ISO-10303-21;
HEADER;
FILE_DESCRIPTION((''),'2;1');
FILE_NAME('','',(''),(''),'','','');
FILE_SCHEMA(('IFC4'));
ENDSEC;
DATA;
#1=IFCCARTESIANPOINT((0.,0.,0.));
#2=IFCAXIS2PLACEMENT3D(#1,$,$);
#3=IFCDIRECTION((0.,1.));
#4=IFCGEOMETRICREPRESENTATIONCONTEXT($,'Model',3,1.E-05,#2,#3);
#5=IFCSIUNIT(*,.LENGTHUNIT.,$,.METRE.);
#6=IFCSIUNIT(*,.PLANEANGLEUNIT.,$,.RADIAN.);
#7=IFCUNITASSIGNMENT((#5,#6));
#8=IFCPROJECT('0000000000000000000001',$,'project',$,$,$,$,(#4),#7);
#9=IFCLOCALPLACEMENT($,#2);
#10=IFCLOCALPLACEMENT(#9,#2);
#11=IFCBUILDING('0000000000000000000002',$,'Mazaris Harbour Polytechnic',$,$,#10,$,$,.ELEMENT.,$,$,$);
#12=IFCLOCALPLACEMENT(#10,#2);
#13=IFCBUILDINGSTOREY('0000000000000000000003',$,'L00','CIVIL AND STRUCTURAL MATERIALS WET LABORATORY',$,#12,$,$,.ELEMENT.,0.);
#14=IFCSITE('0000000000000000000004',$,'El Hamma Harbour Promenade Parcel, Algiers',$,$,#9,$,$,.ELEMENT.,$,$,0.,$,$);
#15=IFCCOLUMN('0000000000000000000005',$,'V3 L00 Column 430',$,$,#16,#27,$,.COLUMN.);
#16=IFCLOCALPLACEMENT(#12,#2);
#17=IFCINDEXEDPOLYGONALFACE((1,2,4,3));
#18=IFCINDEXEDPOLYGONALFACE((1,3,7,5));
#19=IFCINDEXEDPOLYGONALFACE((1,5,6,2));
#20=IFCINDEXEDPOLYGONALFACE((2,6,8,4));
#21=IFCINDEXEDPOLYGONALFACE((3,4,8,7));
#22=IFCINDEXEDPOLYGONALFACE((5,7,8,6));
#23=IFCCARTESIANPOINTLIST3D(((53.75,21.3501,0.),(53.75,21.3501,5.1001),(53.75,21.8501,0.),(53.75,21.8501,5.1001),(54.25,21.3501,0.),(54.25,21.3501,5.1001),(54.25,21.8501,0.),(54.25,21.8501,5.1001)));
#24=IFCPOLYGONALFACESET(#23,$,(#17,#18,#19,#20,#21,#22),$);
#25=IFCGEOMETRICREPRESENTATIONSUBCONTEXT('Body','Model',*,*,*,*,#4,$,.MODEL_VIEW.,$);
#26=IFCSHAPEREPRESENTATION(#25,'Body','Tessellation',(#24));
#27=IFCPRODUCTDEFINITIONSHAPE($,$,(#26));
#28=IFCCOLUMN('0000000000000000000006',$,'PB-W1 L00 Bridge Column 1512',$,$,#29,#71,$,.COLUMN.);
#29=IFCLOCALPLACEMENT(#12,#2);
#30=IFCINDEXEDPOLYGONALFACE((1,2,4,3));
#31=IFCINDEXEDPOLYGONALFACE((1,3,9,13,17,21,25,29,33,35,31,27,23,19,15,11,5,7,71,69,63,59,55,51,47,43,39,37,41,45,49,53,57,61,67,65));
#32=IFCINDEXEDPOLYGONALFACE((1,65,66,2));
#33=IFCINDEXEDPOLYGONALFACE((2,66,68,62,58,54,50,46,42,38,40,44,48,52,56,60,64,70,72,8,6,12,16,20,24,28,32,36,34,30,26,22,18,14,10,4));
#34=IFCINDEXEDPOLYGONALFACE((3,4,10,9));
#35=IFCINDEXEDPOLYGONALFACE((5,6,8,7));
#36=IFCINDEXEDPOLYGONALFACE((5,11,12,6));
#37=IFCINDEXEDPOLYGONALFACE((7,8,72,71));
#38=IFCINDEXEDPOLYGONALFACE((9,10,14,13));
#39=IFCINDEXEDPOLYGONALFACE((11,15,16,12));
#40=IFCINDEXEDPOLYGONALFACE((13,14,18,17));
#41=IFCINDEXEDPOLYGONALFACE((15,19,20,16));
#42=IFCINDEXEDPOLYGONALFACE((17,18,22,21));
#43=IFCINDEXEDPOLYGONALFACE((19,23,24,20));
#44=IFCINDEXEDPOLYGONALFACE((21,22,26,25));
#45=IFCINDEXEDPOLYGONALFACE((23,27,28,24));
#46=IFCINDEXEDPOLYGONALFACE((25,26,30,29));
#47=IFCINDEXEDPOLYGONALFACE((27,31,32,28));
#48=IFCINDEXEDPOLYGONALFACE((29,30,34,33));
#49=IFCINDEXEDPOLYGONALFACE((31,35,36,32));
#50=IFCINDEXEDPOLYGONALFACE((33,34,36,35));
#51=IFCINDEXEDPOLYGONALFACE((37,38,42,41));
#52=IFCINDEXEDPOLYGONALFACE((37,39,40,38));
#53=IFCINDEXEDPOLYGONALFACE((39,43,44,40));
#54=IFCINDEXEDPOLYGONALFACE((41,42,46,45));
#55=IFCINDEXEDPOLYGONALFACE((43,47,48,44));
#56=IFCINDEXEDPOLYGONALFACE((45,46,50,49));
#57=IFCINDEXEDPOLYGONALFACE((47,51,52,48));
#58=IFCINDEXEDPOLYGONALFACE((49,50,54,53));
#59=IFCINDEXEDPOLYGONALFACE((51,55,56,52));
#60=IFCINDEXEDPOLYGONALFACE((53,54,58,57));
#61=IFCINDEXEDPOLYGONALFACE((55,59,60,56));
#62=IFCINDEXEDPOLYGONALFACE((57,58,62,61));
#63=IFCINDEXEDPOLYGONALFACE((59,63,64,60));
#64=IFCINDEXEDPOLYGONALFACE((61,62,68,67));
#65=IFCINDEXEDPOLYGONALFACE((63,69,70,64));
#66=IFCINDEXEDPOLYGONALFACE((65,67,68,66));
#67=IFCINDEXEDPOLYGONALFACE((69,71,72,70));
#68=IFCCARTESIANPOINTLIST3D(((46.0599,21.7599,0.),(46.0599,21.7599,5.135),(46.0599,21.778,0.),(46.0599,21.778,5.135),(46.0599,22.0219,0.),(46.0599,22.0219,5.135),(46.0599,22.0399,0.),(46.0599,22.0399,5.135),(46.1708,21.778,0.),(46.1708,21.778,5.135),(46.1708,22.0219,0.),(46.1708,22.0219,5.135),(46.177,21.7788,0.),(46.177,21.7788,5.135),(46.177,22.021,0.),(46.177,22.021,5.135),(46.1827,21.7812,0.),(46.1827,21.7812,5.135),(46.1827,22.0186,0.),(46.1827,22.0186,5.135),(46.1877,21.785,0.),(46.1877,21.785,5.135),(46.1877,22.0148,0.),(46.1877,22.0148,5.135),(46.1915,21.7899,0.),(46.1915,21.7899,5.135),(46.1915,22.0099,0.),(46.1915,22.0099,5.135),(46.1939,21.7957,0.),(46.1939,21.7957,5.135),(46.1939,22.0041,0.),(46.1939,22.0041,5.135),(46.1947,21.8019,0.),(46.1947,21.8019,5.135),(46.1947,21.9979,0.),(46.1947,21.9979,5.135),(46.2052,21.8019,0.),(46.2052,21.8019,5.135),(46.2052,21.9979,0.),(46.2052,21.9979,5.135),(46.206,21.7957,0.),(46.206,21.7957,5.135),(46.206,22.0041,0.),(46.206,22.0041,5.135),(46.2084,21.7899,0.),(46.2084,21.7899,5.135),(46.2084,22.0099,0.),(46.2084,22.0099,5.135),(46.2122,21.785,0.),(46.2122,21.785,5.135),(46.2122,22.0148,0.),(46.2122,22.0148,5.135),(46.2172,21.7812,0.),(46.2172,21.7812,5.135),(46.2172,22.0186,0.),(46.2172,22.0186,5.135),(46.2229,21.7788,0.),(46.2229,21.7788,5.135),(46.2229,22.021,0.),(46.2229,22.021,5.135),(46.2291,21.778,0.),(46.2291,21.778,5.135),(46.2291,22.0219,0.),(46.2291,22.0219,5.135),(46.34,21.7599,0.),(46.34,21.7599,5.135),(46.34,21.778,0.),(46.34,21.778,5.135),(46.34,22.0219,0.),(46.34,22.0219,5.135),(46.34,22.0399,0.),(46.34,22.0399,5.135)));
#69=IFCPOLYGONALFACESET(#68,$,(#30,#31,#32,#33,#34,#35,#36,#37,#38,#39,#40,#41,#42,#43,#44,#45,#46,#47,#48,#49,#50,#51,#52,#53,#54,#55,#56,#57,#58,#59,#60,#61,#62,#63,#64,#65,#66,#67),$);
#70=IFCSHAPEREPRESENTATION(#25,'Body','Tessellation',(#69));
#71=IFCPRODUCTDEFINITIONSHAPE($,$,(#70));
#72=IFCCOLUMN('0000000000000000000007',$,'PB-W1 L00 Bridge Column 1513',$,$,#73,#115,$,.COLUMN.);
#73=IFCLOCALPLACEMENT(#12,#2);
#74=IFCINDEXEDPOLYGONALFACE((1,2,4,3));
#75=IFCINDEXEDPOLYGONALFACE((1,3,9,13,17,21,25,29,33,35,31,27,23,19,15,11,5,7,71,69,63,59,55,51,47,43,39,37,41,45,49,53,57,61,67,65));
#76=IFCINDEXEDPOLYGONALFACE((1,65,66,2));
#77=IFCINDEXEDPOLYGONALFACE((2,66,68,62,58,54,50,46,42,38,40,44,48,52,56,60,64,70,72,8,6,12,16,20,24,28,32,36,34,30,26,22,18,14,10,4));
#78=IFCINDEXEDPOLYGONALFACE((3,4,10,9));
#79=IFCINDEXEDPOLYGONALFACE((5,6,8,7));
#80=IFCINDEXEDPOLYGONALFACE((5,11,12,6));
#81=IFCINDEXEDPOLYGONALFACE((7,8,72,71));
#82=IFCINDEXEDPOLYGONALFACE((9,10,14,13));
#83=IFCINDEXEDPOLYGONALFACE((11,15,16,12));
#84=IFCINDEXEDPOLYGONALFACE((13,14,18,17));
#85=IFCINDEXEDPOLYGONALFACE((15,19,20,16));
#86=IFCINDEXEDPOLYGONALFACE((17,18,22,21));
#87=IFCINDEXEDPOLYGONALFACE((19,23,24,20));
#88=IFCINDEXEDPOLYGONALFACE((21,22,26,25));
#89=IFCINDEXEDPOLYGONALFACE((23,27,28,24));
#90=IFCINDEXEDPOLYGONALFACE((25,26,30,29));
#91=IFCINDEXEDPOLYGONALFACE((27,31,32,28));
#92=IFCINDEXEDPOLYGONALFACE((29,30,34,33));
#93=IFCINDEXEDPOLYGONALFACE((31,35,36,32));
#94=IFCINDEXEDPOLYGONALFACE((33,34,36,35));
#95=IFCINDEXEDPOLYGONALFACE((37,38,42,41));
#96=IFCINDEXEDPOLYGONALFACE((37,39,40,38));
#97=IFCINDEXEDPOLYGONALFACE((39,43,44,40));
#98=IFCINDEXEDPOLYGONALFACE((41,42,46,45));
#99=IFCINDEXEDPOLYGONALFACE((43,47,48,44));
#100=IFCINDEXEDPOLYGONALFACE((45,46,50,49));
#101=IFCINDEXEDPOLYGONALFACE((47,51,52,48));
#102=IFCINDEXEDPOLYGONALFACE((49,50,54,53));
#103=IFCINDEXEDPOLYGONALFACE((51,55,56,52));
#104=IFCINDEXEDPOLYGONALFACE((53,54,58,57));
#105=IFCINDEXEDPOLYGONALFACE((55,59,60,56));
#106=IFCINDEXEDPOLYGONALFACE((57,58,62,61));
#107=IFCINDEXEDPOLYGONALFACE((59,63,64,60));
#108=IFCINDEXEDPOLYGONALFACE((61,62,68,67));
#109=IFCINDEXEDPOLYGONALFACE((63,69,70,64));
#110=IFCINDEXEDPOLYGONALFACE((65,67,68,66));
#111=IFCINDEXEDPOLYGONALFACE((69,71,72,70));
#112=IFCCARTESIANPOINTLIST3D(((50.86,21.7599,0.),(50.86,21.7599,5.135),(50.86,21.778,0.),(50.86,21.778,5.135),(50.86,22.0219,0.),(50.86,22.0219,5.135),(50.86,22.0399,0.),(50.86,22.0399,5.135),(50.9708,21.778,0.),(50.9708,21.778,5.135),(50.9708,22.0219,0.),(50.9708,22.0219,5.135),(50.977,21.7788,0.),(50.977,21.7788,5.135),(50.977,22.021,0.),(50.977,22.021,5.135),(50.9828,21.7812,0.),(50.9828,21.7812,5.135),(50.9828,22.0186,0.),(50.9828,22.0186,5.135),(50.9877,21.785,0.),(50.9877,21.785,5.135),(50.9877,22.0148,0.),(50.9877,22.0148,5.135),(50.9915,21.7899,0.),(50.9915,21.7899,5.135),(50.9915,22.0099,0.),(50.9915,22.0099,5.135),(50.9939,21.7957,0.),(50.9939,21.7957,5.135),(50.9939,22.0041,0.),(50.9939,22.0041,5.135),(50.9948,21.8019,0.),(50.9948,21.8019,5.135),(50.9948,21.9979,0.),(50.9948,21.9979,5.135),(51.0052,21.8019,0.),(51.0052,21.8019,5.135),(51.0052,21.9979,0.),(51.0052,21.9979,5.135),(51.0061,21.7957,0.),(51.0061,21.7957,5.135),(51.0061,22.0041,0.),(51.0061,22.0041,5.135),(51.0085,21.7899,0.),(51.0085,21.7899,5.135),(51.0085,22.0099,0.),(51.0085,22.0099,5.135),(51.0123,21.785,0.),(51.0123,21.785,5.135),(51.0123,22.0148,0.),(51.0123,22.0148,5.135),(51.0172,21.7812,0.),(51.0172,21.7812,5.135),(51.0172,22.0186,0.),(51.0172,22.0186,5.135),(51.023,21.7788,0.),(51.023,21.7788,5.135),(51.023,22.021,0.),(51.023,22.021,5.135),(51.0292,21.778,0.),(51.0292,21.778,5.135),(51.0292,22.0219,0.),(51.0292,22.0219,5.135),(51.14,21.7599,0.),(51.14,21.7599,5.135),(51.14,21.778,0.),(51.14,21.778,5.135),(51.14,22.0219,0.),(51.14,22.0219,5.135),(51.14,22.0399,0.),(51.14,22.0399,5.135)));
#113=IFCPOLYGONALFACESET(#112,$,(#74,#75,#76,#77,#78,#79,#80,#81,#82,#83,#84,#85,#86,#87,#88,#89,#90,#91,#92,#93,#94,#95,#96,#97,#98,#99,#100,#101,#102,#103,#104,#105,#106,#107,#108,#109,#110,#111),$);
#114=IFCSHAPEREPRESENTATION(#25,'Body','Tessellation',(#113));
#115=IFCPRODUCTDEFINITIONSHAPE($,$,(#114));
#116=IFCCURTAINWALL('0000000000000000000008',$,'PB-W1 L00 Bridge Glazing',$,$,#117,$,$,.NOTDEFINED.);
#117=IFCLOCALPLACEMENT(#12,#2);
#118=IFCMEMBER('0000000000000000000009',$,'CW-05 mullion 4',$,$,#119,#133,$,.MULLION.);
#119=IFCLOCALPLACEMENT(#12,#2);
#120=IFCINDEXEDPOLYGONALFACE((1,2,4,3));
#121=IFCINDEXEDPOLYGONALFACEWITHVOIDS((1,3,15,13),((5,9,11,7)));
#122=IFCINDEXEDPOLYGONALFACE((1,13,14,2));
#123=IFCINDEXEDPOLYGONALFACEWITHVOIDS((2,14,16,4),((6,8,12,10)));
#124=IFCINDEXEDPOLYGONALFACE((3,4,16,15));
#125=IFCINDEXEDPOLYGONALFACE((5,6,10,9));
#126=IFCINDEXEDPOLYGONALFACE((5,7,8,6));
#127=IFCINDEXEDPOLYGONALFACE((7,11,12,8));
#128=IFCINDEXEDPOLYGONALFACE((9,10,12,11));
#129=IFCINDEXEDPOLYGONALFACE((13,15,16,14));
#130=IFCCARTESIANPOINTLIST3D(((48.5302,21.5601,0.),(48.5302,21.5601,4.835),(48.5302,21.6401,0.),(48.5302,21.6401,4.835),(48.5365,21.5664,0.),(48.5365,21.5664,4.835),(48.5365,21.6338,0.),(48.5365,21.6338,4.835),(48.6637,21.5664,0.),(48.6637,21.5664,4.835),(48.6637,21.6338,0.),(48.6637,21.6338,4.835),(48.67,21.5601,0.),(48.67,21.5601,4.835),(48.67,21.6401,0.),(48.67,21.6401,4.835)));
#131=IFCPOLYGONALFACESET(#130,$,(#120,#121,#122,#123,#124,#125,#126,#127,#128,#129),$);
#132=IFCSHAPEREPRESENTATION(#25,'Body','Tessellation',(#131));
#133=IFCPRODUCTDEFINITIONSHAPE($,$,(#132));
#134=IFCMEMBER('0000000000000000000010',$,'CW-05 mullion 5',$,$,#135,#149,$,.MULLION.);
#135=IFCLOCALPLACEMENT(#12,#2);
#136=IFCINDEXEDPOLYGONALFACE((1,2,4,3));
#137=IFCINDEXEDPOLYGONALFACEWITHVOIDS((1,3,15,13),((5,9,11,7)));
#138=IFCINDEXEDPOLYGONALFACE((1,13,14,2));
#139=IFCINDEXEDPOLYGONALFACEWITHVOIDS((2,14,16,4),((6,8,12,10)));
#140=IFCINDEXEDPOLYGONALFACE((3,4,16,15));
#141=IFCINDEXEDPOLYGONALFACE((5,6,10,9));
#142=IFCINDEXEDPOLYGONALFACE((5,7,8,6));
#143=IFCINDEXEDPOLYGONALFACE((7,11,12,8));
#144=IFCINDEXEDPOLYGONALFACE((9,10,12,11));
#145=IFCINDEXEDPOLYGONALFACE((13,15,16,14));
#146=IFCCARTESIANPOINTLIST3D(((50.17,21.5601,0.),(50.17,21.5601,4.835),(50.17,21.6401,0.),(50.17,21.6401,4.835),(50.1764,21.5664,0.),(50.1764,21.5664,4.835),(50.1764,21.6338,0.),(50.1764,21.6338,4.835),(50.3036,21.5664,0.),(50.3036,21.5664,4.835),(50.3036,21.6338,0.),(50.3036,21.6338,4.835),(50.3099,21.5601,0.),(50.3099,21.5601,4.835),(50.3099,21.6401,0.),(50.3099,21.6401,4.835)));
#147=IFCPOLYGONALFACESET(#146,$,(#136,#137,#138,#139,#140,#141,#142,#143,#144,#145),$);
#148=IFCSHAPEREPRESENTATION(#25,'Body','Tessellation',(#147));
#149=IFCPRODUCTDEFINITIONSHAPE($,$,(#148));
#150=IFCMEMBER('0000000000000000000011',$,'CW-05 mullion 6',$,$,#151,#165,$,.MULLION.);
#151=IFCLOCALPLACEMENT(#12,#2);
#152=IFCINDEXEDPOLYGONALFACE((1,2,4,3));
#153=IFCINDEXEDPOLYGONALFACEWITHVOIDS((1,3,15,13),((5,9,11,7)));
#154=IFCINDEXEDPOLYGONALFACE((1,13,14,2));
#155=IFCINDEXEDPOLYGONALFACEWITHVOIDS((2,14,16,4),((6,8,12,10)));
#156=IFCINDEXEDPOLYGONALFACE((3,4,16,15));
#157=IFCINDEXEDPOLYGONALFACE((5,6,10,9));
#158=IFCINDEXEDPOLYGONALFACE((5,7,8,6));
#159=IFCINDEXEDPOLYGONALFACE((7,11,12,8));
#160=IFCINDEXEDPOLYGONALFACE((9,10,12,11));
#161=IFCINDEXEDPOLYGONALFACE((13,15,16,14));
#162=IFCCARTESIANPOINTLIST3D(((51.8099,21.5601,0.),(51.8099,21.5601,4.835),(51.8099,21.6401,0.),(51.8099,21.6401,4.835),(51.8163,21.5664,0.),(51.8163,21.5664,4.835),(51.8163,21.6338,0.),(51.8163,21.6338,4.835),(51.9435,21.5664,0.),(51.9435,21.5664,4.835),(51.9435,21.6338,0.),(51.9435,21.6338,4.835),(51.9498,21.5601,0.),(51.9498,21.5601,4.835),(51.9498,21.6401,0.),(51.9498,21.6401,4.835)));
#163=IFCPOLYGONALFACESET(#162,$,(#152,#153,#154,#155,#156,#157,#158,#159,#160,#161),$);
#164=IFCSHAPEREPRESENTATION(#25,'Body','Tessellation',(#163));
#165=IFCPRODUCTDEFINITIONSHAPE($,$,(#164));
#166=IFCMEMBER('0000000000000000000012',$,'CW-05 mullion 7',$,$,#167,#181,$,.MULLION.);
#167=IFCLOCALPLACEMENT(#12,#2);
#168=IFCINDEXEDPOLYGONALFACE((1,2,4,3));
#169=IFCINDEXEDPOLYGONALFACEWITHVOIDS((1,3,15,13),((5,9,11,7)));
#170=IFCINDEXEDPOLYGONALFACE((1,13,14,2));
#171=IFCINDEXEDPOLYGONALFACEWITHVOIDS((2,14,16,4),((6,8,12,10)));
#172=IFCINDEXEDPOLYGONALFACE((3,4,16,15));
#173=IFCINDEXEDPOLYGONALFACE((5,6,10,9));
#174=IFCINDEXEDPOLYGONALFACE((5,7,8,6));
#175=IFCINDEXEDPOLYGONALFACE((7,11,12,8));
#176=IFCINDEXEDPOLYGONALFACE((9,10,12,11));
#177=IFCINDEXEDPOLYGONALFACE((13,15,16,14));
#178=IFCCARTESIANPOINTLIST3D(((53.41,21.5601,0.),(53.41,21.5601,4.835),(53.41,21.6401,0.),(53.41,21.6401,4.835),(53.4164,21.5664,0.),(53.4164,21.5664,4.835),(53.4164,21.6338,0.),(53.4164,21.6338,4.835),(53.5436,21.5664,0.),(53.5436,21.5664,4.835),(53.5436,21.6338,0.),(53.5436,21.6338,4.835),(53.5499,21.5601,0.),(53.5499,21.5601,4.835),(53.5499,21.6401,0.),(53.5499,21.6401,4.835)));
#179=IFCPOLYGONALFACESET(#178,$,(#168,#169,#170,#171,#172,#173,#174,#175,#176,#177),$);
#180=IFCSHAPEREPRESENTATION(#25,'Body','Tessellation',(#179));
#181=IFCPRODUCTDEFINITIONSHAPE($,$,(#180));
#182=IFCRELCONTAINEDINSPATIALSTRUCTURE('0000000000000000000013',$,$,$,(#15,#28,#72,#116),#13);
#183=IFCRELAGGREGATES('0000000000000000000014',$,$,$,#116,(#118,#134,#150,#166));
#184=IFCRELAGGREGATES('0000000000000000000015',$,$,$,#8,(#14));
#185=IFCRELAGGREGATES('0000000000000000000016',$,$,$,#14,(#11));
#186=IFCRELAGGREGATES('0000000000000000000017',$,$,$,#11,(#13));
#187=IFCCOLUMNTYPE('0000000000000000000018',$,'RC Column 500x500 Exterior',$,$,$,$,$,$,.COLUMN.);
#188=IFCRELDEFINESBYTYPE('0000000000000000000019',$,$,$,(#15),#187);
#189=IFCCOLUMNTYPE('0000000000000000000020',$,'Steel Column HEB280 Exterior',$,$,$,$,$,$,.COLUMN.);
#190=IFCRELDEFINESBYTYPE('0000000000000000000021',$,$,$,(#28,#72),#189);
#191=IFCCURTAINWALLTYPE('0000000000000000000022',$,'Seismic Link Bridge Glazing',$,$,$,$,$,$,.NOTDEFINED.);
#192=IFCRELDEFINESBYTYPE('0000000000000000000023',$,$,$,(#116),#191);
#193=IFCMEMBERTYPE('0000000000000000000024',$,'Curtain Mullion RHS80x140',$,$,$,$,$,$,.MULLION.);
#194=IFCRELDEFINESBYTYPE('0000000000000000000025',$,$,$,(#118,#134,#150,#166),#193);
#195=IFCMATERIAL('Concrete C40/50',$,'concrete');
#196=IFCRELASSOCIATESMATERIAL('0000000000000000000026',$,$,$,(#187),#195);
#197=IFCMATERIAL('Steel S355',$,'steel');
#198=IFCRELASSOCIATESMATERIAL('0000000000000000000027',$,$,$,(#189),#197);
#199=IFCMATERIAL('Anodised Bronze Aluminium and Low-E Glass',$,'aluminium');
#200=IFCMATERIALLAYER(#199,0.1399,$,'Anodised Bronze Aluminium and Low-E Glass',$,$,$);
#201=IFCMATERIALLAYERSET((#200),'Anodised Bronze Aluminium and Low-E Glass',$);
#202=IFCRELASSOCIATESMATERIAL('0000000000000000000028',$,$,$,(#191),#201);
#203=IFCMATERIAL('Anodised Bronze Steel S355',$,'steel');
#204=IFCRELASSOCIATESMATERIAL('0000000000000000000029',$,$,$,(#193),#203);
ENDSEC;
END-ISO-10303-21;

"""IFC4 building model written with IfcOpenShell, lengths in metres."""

from ifc_helpers import new_model, si_unit, direction, frame, origin, origin_2d, place, context, subcontext, project, spatial, rectangle, hollow_rectangle, i_section, extrude, material, layer, layer_set, material_profile, profile_set, type_object, element, aggregate, save


model = new_model("IFC4")

# Units and contexts
model_context = context("Model", 3, precision=1e-05, world=origin(), true_north=direction((0.0, 1.0)))
body_context = subcontext(model_context, "Body", "Model", "MODEL_VIEW")
ifc_project = project(units=[si_unit("LENGTHUNIT", "METRE"), si_unit("PLANEANGLEUNIT", "RADIAN")], contexts=[model_context])

# Site, building, storey
site_placement = place(None, origin())
site = spatial("IfcSite", under=ifc_project, at=site_placement, Name="El Hamma Harbour Promenade Parcel, Algiers", CompositionType="ELEMENT", RefElevation=0.0)
building_placement = place(site_placement, origin())
building = spatial("IfcBuilding", under=site, at=building_placement, Name="Mazaris Harbour Polytechnic", CompositionType="ELEMENT")
storey_placement = place(building_placement, origin())
storey = spatial("IfcBuildingStorey", under=building, at=storey_placement, Name="L00", Description="CIVIL AND STRUCTURAL MATERIALS WET LABORATORY", CompositionType="ELEMENT", Elevation=0.0)

# Columns
ifc_material_1 = material(Name="Concrete C40/50", Category="concrete")
ifc_material_profile_1 = material_profile(ifc_material_1, rectangle(XDim=0.5, YDim=0.5, at=origin_2d()), Name="RECT500x500")
ifc_profile_set_1 = profile_set([ifc_material_profile_1], Name="Concrete C40/50")
column_type_1 = type_object("IfcColumnType", Name="RC Column 500x500 Exterior", PredefinedType="COLUMN", material=ifc_profile_set_1)
column_placement = place(storey_placement, frame((54.0, 21.6001, 0.0), z_axis=(0.0, 0.0, 1.0), x_axis=(1.0, 0.0, 0.0)))
element("IfcColumn", 1, at=column_placement, inside=storey, type_object=column_type_1, Name="V3 L00 Column 430", PredefinedType="COLUMN", context=body_context, shape_type="SweptSolid", body=[
    extrude(rectangle(XDim=0.5, YDim=0.5, at=origin_2d()), origin(), (0.0, 0.0, 1.0), 5.1001),
])
ifc_material_2 = material(Name="Steel S355", Category="steel")
ifc_material_profile_2 = material_profile(ifc_material_2, i_section(OverallWidth=0.28, OverallDepth=0.28, WebThickness=0.0105, FlangeThickness=0.0181, FilletRadius=0.0239, at=origin_2d()), Name="HEB 280")
ifc_profile_set_2 = profile_set([ifc_material_profile_2], Name="Steel S355")
column_type_2 = type_object("IfcColumnType", Name="Steel Column HEB280 Exterior", PredefinedType="COLUMN", material=ifc_profile_set_2)
for number, where, z_axis, x_axis, name in (
    (2, (46.2, 21.8999, 0.0), (0.0, 0.0, 1.0), (1.0, 0.0, 0.0), "PB-W1 L00 Bridge Column 1512"),
    (3, (51.0, 21.8999, 0.0), (0.0, 0.0, 1.0), (1.0, 0.0, 0.0), "PB-W1 L00 Bridge Column 1513"),
):
    element("IfcColumn", number, at=place(storey_placement, frame(where, z_axis=z_axis, x_axis=x_axis)), inside=storey, type_object=column_type_2, Name=name, PredefinedType="COLUMN", context=body_context, shape_type="SweptSolid", body=[
        extrude(i_section(OverallWidth=0.28, OverallDepth=0.28, WebThickness=0.0105, FlangeThickness=0.0181, FilletRadius=0.0239, at=origin_2d()), origin(), (0.0, 0.0, 1.0), 5.135),
    ])

# Curtain wall, members
ifc_material_3 = material(Name="Anodised Bronze Aluminium and Low-E Glass", Category="aluminium")
ifc_layer_1 = layer(ifc_material_3, 0.1399, Name="Anodised Bronze Aluminium and Low-E Glass")
ifc_layer_set_1 = layer_set([ifc_layer_1], Name="Anodised Bronze Aluminium and Low-E Glass")
curtain_wall_type = type_object("IfcCurtainWallType", Name="Seismic Link Bridge Glazing", PredefinedType="NOTDEFINED", material=ifc_layer_set_1)
curtain_wall_placement = place(storey_placement, origin())
curtain_wall = element("IfcCurtainWall", 4, at=curtain_wall_placement, inside=storey, type_object=curtain_wall_type, Name="PB-W1 L00 Bridge Glazing", PredefinedType="NOTDEFINED")
ifc_material_4 = material(Name="Anodised Bronze Steel S355", Category="steel")
ifc_material_profile_3 = material_profile(ifc_material_4, hollow_rectangle(XDim=0.0801, YDim=0.1399, WallThickness=0.0063, at=origin_2d()), Name="RHS 80x140x6.3")
ifc_profile_set_3 = profile_set([ifc_material_profile_3], Name="Anodised Bronze Steel S355")
member_type_1 = type_object("IfcMemberType", Name="Curtain Mullion RHS80x140", PredefinedType="MULLION", material=ifc_profile_set_3)
member_1_placement = place(storey_placement, frame((48.6001, 21.6001, 0.0), z_axis=(0.0, 0.0, 1.0), x_axis=(0.0, 1.0, 0.0)))
member_1 = element("IfcMember", 5, at=member_1_placement, type_object=member_type_1, Name="CW-05 mullion 4", PredefinedType="MULLION", context=body_context, shape_type="SweptSolid", body=[
    extrude(hollow_rectangle(XDim=0.0801, YDim=0.1399, WallThickness=0.0063, at=origin_2d()), origin(), (0.0, 0.0, 1.0), 4.835),
])
member_2_placement = place(storey_placement, frame((50.24, 21.6001, 0.0), z_axis=(0.0, 0.0, 1.0), x_axis=(0.0, 1.0, 0.0)))
member_2 = element("IfcMember", 6, at=member_2_placement, type_object=member_type_1, Name="CW-05 mullion 5", PredefinedType="MULLION", context=body_context, shape_type="SweptSolid", body=[
    extrude(hollow_rectangle(XDim=0.0801, YDim=0.1399, WallThickness=0.0063, at=origin_2d()), origin(), (0.0, 0.0, 1.0), 4.835),
])
member_3_placement = place(storey_placement, frame((51.8799, 21.6001, 0.0), z_axis=(0.0, 0.0, 1.0), x_axis=(0.0, 1.0, 0.0)))
member_3 = element("IfcMember", 7, at=member_3_placement, type_object=member_type_1, Name="CW-05 mullion 6", PredefinedType="MULLION", context=body_context, shape_type="SweptSolid", body=[
    extrude(hollow_rectangle(XDim=0.0801, YDim=0.1399, WallThickness=0.0063, at=origin_2d()), origin(), (0.0, 0.0, 1.0), 4.835),
])
member_4_placement = place(storey_placement, frame((53.48, 21.6001, 0.0), z_axis=(0.0, 0.0, 1.0), x_axis=(0.0, 1.0, 0.0)))
member_4 = element("IfcMember", 8, at=member_4_placement, type_object=member_type_1, Name="CW-05 mullion 7", PredefinedType="MULLION", context=body_context, shape_type="SweptSolid", body=[
    extrude(hollow_rectangle(XDim=0.0801, YDim=0.1399, WallThickness=0.0063, at=origin_2d()), origin(), (0.0, 0.0, 1.0), 4.835),
])

aggregate(curtain_wall, [member_1, member_2, member_3, member_4])

save(model, "model.ifc")
